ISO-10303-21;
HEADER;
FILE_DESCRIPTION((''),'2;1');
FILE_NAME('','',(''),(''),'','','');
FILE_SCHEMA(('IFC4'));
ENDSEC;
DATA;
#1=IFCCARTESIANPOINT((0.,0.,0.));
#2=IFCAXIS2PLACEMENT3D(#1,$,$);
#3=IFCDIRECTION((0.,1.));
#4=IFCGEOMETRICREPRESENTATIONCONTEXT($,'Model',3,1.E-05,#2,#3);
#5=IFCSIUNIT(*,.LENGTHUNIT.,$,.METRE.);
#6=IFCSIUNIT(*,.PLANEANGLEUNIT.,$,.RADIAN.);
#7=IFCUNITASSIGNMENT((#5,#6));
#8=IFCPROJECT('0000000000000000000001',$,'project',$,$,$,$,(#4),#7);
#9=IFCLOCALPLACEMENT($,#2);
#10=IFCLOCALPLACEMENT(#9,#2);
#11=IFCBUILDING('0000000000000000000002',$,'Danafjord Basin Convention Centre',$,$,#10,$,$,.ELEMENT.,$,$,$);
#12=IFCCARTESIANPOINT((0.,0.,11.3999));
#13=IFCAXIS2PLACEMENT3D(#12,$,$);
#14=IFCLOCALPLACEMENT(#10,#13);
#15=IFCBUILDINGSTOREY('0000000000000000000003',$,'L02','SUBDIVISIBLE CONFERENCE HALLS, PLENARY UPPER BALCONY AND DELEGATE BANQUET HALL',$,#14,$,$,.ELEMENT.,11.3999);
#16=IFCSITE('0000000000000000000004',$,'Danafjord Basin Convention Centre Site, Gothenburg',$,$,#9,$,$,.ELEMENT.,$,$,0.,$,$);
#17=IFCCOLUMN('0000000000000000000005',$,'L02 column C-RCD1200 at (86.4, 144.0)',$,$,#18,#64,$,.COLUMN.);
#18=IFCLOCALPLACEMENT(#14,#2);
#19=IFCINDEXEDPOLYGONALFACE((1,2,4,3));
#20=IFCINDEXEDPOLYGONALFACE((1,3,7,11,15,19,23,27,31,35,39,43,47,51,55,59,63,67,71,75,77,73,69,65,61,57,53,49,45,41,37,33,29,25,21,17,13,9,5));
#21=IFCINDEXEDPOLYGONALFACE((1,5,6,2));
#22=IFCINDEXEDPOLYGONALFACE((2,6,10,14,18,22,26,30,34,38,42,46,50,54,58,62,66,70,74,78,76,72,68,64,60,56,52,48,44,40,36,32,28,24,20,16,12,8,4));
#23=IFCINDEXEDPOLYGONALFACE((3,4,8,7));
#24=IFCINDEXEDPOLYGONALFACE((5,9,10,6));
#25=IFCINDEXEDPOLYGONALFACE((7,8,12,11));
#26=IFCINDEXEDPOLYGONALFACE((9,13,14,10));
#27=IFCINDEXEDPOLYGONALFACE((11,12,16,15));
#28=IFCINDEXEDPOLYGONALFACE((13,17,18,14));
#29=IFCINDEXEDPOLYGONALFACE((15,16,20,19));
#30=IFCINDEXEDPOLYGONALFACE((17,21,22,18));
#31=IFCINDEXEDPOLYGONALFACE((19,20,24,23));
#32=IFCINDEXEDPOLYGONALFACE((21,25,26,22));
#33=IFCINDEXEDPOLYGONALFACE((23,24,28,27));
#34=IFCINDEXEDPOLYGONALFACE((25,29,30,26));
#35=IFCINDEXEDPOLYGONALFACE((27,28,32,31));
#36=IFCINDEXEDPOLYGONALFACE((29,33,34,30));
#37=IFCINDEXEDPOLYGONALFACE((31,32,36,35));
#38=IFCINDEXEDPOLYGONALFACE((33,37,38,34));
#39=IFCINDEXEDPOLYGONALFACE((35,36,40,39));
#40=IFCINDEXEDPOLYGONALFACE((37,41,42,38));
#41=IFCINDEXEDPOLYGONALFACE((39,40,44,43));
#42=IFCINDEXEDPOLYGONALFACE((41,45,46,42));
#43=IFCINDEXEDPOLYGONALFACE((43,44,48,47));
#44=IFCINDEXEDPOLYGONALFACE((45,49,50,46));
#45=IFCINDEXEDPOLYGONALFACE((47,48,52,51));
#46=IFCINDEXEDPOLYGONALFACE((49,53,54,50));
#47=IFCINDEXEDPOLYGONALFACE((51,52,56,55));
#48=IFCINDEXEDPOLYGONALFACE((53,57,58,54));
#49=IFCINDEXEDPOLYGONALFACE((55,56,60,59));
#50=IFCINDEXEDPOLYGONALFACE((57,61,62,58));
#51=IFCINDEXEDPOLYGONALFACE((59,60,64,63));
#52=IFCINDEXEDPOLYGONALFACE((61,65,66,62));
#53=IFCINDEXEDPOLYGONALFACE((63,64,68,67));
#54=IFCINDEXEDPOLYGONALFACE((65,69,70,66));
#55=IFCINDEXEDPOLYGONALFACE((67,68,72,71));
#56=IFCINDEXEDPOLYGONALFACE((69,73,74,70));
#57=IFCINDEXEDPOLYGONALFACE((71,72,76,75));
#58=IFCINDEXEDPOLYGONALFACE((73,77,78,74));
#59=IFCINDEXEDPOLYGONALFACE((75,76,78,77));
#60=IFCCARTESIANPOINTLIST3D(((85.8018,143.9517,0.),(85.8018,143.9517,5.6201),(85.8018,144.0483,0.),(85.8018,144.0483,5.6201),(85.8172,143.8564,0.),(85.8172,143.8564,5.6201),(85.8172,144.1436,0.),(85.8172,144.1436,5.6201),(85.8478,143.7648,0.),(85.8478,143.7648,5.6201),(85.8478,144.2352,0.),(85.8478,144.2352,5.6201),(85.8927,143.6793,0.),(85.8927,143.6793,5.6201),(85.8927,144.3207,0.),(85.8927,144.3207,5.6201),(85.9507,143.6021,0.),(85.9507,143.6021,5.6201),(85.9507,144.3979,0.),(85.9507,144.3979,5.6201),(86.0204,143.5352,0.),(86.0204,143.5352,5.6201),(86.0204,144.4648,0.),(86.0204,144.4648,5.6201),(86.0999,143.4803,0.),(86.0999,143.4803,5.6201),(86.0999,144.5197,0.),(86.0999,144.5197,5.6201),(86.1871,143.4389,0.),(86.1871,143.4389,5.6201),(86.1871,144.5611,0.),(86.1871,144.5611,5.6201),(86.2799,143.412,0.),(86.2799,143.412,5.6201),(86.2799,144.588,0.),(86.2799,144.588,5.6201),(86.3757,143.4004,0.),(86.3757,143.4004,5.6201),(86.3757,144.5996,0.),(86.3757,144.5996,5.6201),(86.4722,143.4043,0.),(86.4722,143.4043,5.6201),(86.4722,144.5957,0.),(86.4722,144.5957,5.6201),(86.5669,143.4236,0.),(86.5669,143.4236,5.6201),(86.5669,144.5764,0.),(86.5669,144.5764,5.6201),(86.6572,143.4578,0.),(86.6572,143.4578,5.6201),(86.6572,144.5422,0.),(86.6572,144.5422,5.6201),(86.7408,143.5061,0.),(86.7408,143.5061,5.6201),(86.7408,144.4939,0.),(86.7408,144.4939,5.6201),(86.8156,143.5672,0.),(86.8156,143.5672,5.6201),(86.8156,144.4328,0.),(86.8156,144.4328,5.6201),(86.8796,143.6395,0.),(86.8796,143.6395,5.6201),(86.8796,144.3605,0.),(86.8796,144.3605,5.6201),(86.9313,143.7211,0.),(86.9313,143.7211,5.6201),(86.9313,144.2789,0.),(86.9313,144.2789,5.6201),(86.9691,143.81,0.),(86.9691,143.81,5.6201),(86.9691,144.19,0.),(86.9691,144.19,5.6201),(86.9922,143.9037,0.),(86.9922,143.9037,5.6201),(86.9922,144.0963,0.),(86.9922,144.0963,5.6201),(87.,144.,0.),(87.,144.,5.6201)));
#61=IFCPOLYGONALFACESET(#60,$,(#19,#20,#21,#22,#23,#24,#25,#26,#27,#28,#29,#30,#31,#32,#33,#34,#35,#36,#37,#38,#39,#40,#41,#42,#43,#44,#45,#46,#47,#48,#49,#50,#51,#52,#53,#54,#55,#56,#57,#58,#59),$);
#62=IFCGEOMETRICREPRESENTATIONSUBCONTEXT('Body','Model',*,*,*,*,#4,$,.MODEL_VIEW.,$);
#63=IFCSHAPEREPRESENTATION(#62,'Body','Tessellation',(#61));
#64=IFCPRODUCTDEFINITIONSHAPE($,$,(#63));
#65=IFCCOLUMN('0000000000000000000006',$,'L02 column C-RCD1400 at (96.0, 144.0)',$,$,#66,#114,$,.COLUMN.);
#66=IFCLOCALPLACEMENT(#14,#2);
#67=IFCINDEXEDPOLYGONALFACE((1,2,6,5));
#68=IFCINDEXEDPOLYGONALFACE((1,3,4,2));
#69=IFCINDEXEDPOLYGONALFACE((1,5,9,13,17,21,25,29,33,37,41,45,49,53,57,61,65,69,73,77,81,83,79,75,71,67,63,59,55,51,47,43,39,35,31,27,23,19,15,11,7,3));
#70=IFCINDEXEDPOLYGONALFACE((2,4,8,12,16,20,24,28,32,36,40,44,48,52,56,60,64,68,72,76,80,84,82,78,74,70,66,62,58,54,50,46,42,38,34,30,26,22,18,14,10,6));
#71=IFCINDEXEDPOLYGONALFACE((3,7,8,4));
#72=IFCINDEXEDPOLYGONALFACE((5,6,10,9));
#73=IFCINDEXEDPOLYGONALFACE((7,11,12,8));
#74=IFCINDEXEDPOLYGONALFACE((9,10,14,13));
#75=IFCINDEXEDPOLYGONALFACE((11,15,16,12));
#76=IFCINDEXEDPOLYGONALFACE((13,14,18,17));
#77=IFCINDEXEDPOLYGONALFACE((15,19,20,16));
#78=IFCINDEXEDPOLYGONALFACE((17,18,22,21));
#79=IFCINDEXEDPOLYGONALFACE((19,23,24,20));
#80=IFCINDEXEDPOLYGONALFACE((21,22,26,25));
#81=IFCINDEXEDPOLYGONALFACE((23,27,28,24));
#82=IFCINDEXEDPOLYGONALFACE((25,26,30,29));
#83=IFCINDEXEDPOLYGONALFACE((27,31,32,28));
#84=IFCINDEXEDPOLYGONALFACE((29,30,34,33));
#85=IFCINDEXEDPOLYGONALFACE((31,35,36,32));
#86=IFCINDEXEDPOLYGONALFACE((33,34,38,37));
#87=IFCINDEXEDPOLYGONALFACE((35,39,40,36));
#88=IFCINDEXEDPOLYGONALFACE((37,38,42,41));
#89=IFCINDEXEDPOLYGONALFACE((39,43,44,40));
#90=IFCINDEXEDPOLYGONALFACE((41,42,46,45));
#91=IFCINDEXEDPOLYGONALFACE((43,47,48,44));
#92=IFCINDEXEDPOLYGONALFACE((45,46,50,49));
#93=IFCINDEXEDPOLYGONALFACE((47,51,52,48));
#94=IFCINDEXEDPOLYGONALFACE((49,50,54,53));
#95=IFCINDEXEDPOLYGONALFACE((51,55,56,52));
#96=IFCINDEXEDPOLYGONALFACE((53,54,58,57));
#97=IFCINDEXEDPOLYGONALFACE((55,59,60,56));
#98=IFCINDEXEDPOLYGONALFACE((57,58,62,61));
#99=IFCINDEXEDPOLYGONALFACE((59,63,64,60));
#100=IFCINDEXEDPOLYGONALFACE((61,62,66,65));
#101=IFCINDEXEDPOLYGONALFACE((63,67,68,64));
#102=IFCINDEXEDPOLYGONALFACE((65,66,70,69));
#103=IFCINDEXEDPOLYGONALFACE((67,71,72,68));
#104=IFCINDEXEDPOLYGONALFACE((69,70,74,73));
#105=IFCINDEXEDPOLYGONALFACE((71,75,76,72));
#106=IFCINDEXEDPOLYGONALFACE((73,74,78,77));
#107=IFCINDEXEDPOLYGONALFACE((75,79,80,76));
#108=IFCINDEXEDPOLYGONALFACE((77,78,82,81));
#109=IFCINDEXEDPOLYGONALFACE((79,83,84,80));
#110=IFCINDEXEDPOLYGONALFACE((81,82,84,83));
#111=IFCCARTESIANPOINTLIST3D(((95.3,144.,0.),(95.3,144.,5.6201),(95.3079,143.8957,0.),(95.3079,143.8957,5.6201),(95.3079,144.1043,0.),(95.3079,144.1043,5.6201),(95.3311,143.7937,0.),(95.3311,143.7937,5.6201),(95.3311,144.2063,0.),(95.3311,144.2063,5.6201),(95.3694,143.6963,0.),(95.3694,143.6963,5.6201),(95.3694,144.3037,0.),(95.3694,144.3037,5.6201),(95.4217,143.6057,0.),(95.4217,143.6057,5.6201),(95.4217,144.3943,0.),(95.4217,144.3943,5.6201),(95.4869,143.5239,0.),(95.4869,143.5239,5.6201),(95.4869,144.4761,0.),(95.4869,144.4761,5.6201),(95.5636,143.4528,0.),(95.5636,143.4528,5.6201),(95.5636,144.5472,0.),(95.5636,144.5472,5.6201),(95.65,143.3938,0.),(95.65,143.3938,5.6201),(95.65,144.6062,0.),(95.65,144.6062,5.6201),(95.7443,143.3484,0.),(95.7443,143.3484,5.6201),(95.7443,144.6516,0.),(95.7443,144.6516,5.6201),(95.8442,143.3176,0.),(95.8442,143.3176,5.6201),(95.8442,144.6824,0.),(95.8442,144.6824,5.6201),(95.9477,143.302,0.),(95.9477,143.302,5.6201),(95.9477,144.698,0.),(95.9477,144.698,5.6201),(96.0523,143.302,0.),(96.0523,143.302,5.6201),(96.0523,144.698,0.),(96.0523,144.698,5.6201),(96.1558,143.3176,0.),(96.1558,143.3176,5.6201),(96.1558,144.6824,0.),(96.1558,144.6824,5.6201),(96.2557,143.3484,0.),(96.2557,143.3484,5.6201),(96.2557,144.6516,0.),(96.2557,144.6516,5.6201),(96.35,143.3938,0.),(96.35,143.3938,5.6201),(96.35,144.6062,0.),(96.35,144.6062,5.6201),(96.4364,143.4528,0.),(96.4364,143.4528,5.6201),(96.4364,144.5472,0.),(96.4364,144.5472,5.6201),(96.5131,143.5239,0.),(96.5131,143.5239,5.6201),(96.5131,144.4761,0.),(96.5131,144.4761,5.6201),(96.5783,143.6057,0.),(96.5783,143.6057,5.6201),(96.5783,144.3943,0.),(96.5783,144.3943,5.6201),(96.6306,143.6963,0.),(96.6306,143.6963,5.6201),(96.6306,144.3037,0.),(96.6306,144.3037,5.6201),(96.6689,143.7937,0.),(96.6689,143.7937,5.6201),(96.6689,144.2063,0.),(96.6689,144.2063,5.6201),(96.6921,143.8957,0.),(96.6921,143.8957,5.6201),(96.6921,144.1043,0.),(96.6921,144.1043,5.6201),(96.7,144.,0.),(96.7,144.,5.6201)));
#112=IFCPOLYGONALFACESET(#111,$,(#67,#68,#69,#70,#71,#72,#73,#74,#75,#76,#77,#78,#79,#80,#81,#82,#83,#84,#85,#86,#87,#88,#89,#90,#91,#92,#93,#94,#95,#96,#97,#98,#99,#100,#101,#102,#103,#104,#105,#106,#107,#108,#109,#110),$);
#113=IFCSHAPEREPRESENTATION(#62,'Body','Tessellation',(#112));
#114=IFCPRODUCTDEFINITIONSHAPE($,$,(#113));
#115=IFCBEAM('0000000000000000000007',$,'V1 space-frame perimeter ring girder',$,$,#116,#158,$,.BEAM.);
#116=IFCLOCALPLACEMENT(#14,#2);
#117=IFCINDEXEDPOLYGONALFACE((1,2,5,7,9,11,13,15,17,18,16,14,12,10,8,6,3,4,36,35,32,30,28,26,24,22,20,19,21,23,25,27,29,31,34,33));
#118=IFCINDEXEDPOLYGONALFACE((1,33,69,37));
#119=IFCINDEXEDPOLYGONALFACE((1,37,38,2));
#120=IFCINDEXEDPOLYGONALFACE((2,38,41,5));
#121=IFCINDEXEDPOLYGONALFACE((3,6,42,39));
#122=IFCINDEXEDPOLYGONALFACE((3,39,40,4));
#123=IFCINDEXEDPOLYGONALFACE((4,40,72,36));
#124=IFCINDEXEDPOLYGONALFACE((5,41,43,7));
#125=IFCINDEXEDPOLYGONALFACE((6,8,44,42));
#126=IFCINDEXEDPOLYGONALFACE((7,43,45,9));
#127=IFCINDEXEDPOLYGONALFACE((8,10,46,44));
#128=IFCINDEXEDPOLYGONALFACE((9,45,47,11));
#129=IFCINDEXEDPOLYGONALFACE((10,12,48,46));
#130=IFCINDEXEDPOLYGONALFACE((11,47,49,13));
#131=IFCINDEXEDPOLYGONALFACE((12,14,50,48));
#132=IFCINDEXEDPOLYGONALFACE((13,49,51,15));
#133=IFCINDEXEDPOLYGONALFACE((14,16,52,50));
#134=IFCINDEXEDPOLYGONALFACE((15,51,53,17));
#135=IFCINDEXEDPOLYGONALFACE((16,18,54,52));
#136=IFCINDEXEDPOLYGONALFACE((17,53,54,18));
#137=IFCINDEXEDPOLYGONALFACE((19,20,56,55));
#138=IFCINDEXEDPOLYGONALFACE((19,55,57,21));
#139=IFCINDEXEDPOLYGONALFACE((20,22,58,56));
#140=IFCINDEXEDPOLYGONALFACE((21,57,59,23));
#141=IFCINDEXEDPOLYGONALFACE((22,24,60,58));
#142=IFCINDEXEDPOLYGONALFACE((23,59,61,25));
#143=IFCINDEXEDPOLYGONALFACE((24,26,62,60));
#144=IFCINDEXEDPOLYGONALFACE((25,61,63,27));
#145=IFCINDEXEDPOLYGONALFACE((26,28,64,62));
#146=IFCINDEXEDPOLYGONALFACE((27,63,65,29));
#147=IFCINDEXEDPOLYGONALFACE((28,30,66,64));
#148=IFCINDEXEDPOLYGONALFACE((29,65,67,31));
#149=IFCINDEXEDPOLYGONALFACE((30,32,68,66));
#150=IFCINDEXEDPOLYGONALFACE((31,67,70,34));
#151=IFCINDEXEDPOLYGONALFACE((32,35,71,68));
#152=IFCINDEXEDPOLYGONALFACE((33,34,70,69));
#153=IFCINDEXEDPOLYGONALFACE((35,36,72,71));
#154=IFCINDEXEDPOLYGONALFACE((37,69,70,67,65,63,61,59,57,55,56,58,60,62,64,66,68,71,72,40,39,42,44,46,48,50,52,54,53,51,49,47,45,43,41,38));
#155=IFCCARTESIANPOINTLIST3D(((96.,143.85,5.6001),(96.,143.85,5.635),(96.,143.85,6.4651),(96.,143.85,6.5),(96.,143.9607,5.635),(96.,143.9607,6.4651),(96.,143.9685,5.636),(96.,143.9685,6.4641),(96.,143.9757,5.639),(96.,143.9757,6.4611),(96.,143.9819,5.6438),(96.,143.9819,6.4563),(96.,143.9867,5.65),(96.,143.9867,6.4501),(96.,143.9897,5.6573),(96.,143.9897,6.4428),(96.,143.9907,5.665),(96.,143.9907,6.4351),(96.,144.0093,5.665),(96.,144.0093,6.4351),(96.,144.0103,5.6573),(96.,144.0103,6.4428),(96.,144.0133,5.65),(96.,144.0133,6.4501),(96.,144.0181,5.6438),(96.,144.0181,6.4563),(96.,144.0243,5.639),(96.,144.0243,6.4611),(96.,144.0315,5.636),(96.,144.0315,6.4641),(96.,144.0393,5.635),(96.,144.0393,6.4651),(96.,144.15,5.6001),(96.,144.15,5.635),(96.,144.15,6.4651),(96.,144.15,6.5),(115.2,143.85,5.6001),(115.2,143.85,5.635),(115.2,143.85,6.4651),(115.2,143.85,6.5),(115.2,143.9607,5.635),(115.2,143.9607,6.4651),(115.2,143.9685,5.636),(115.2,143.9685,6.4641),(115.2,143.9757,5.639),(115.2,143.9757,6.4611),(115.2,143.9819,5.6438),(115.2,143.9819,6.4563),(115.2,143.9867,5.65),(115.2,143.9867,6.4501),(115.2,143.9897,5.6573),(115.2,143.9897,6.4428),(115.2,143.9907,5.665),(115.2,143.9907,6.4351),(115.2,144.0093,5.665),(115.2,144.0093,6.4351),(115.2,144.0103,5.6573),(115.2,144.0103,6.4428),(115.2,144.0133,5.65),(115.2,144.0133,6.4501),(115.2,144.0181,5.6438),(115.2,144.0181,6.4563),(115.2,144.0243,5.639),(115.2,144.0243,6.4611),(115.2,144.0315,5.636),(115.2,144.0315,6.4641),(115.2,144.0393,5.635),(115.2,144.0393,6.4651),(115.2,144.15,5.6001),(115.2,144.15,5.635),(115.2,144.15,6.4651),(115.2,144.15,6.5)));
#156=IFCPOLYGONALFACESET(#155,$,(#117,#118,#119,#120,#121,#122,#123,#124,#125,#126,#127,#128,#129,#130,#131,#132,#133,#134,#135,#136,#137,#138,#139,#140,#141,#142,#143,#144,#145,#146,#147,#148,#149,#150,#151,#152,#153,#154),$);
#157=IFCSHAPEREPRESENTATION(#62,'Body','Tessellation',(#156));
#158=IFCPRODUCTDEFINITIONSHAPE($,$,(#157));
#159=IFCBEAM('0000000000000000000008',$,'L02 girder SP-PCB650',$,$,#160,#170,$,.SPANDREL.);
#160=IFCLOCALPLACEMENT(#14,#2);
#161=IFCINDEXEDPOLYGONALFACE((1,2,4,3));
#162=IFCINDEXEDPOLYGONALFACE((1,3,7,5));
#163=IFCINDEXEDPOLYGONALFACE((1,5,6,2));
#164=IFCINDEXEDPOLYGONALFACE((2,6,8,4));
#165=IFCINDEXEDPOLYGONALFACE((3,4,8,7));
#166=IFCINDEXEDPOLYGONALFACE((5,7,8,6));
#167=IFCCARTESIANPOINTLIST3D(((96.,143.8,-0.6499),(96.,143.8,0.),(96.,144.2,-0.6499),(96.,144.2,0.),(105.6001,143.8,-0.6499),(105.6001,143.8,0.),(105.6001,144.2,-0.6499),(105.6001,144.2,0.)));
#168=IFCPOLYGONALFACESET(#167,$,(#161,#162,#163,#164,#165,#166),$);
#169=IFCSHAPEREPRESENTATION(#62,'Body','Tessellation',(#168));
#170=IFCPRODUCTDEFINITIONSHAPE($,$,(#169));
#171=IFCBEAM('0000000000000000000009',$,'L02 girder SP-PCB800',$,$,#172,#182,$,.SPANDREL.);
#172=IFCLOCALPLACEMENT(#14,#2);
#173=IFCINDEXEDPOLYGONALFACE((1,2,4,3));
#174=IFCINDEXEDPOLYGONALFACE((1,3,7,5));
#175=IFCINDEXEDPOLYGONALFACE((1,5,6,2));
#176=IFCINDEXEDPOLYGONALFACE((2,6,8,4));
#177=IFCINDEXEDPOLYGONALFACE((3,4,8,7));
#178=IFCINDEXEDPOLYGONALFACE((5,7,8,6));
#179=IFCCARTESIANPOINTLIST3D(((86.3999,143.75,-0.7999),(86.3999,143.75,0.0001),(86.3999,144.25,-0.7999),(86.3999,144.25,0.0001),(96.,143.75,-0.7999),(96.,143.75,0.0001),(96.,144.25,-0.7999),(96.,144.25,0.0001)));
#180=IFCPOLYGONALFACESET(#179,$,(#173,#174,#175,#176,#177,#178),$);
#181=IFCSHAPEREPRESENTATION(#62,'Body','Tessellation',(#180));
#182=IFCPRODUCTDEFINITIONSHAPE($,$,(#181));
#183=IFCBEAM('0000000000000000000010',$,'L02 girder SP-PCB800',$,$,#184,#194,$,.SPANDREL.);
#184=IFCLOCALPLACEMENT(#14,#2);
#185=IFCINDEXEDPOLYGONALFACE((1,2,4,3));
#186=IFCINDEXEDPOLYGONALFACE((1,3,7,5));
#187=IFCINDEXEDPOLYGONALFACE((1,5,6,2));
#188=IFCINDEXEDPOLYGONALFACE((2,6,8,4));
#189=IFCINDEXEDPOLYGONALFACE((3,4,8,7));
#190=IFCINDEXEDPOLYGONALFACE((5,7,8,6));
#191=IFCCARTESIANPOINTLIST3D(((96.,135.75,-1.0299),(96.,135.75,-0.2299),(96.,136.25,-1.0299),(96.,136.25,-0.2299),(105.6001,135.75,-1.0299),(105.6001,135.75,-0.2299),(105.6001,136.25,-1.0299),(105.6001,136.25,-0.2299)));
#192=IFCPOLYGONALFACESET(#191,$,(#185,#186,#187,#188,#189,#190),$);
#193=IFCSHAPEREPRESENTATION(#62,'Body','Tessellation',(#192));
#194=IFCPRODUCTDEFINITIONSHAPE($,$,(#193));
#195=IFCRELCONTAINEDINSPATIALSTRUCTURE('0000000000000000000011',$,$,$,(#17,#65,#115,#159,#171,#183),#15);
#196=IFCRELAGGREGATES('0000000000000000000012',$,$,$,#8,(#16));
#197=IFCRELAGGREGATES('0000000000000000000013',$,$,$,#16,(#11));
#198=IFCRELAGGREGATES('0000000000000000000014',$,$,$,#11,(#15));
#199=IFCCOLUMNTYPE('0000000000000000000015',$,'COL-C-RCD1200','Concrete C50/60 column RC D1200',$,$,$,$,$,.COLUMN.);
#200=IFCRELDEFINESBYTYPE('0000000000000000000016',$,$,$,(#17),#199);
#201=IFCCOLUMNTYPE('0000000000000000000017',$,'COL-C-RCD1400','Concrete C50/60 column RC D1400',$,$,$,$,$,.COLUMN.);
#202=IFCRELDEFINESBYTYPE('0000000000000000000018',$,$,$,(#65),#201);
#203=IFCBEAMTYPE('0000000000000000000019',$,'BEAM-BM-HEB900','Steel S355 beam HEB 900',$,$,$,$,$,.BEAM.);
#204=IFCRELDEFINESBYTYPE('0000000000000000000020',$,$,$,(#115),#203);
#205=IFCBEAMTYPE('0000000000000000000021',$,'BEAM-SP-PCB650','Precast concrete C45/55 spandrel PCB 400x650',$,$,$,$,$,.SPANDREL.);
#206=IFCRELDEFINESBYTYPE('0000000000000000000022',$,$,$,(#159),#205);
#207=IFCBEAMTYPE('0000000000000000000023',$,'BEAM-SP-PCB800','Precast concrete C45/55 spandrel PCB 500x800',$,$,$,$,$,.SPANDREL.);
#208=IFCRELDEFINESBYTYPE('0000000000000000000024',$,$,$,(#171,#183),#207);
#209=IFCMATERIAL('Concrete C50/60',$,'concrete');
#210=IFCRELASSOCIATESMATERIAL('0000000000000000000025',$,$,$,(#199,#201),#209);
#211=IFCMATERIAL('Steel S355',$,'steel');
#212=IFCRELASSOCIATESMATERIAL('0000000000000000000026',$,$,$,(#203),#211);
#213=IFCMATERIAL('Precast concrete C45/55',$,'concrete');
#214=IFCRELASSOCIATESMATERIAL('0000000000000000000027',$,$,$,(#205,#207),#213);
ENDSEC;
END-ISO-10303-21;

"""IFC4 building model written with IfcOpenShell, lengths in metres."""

from ifc_helpers import new_model, si_unit, direction, frame, origin, origin_2d, place, context, subcontext, project, spatial, rectangle, circle, i_section, extrude, material, material_profile, profile_set, type_object, element, save


model = new_model("IFC4")

# Units and contexts
model_context = context("Model", 3, precision=1e-05, world=origin(), true_north=direction((0.0, 1.0)))
body_context = subcontext(model_context, "Body", "Model", "MODEL_VIEW")
ifc_project = project(units=[si_unit("LENGTHUNIT", "METRE"), si_unit("PLANEANGLEUNIT", "RADIAN")], contexts=[model_context])

# Site, building, storey
site_placement = place(None, origin())
site = spatial("IfcSite", under=ifc_project, at=site_placement, Name="Danafjord Basin Convention Centre Site, Gothenburg", CompositionType="ELEMENT", RefElevation=0.0)
building_placement = place(site_placement, origin())
building = spatial("IfcBuilding", under=site, at=building_placement, Name="Danafjord Basin Convention Centre", CompositionType="ELEMENT")
storey_placement = place(building_placement, frame((0.0, 0.0, 11.3999)))
storey = spatial("IfcBuildingStorey", under=building, at=storey_placement, Name="L02", Description="SUBDIVISIBLE CONFERENCE HALLS, PLENARY UPPER BALCONY AND DELEGATE BANQUET HALL", CompositionType="ELEMENT", Elevation=11.3999)

# Columns
ifc_material_1 = material(Name="Concrete C50/60", Category="concrete")
ifc_material_profile_1 = material_profile(ifc_material_1, circle(Radius=0.6001, at=origin_2d()), Name="RC D1200")
ifc_profile_set_1 = profile_set([ifc_material_profile_1], Name="Concrete C50/60")
column_type_1 = type_object("IfcColumnType", Name="COL-C-RCD1200", Description="Concrete C50/60 column RC D1200", PredefinedType="COLUMN", material=ifc_profile_set_1)
column_1_placement = place(storey_placement, frame((86.3999, 144.0, 0.0), z_axis=(0.0, 0.0, 1.0), x_axis=(1.0, 0.0, 0.0)))
element("IfcColumn", 1, at=column_1_placement, inside=storey, type_object=column_type_1, Name="L02 column C-RCD1200 at (86.4, 144.0)", PredefinedType="COLUMN", context=body_context, shape_type="SweptSolid", body=[
    extrude(circle(Radius=0.6001, at=origin_2d()), origin(), (0.0, 0.0, 1.0), 5.6201),
])
ifc_material_profile_2 = material_profile(ifc_material_1, circle(Radius=0.7, at=origin_2d()), Name="RC D1400")
ifc_profile_set_2 = profile_set([ifc_material_profile_2], Name="Concrete C50/60")
column_type_2 = type_object("IfcColumnType", Name="COL-C-RCD1400", Description="Concrete C50/60 column RC D1400", PredefinedType="COLUMN", material=ifc_profile_set_2)
column_2_placement = place(storey_placement, frame((96.0, 144.0, 0.0), z_axis=(0.0, 0.0, 1.0), x_axis=(1.0, 0.0, 0.0)))
element("IfcColumn", 2, at=column_2_placement, inside=storey, type_object=column_type_2, Name="L02 column C-RCD1400 at (96.0, 144.0)", PredefinedType="COLUMN", context=body_context, shape_type="SweptSolid", body=[
    extrude(circle(Radius=0.7, at=origin_2d()), origin(), (0.0, 0.0, 1.0), 5.6201),
])

# Beams
ifc_material_2 = material(Name="Steel S355", Category="steel")
ifc_material_profile_3 = material_profile(ifc_material_2, i_section(OverallWidth=0.3, OverallDepth=0.8999, WebThickness=0.0186, FlangeThickness=0.0349, FilletRadius=0.03, at=origin_2d()), Name="HEB 900")
ifc_profile_set_3 = profile_set([ifc_material_profile_3], Name="Steel S355")
beam_type_1 = type_object("IfcBeamType", Name="BEAM-BM-HEB900", Description="Steel S355 beam HEB 900", PredefinedType="BEAM", material=ifc_profile_set_3)
beam_1_placement = place(storey_placement, frame((96.0, 144.0, 6.05), z_axis=(1.0, 0.0, 0.0), x_axis=(0.0, 1.0, 0.0)))
element("IfcBeam", 3, at=beam_1_placement, inside=storey, type_object=beam_type_1, Name="V1 space-frame perimeter ring girder", PredefinedType="BEAM", context=body_context, shape_type="SweptSolid", body=[
    extrude(i_section(OverallWidth=0.3, OverallDepth=0.8999, WebThickness=0.0186, FlangeThickness=0.0349, FilletRadius=0.03, at=origin_2d()), origin(), (0.0, 0.0, 1.0), 19.2),
])
ifc_material_3 = material(Name="Precast concrete C45/55", Category="concrete")
ifc_material_profile_4 = material_profile(ifc_material_3, rectangle(XDim=0.3999, YDim=0.6499, at=origin_2d()), Name="PCB 400x650")
ifc_profile_set_4 = profile_set([ifc_material_profile_4], Name="Precast concrete C45/55")
beam_type_2 = type_object("IfcBeamType", Name="BEAM-SP-PCB650", Description="Precast concrete C45/55 spandrel PCB 400x650", PredefinedType="SPANDREL", material=ifc_profile_set_4)
beam_2_placement = place(storey_placement, frame((96.0, 144.0, -0.325), z_axis=(1.0, 0.0, 0.0), x_axis=(0.0, 1.0, 0.0)))
element("IfcBeam", 4, at=beam_2_placement, inside=storey, type_object=beam_type_2, Name="L02 girder SP-PCB650", PredefinedType="SPANDREL", context=body_context, shape_type="SweptSolid", body=[
    extrude(rectangle(XDim=0.3999, YDim=0.6499, at=origin_2d()), origin(), (0.0, 0.0, 1.0), 9.6001),
])
ifc_material_profile_5 = material_profile(ifc_material_3, rectangle(XDim=0.5, YDim=0.8, at=origin_2d()), Name="PCB 500x800")
ifc_profile_set_5 = profile_set([ifc_material_profile_5], Name="Precast concrete C45/55")
beam_type_3 = type_object("IfcBeamType", Name="BEAM-SP-PCB800", Description="Precast concrete C45/55 spandrel PCB 500x800", PredefinedType="SPANDREL", material=ifc_profile_set_5)
for number, where, z_axis, x_axis, name in (
    (5, (86.3999, 144.0, -0.3999), (1.0, 0.0, 0.0), (0.0, 1.0, 0.0), "L02 girder SP-PCB800"),
    (6, (96.0, 136.0, -0.6299), (1.0, 0.0, 0.0), (0.0, 1.0, 0.0), "L02 girder SP-PCB800"),
):
    element("IfcBeam", number, at=place(storey_placement, frame(where, z_axis=z_axis, x_axis=x_axis)), inside=storey, type_object=beam_type_3, Name=name, PredefinedType="SPANDREL", context=body_context, shape_type="SweptSolid", body=[
        extrude(rectangle(XDim=0.5, YDim=0.8, at=origin_2d()), origin(), (0.0, 0.0, 1.0), 9.6001),
    ])

save(model, "model.ifc")
